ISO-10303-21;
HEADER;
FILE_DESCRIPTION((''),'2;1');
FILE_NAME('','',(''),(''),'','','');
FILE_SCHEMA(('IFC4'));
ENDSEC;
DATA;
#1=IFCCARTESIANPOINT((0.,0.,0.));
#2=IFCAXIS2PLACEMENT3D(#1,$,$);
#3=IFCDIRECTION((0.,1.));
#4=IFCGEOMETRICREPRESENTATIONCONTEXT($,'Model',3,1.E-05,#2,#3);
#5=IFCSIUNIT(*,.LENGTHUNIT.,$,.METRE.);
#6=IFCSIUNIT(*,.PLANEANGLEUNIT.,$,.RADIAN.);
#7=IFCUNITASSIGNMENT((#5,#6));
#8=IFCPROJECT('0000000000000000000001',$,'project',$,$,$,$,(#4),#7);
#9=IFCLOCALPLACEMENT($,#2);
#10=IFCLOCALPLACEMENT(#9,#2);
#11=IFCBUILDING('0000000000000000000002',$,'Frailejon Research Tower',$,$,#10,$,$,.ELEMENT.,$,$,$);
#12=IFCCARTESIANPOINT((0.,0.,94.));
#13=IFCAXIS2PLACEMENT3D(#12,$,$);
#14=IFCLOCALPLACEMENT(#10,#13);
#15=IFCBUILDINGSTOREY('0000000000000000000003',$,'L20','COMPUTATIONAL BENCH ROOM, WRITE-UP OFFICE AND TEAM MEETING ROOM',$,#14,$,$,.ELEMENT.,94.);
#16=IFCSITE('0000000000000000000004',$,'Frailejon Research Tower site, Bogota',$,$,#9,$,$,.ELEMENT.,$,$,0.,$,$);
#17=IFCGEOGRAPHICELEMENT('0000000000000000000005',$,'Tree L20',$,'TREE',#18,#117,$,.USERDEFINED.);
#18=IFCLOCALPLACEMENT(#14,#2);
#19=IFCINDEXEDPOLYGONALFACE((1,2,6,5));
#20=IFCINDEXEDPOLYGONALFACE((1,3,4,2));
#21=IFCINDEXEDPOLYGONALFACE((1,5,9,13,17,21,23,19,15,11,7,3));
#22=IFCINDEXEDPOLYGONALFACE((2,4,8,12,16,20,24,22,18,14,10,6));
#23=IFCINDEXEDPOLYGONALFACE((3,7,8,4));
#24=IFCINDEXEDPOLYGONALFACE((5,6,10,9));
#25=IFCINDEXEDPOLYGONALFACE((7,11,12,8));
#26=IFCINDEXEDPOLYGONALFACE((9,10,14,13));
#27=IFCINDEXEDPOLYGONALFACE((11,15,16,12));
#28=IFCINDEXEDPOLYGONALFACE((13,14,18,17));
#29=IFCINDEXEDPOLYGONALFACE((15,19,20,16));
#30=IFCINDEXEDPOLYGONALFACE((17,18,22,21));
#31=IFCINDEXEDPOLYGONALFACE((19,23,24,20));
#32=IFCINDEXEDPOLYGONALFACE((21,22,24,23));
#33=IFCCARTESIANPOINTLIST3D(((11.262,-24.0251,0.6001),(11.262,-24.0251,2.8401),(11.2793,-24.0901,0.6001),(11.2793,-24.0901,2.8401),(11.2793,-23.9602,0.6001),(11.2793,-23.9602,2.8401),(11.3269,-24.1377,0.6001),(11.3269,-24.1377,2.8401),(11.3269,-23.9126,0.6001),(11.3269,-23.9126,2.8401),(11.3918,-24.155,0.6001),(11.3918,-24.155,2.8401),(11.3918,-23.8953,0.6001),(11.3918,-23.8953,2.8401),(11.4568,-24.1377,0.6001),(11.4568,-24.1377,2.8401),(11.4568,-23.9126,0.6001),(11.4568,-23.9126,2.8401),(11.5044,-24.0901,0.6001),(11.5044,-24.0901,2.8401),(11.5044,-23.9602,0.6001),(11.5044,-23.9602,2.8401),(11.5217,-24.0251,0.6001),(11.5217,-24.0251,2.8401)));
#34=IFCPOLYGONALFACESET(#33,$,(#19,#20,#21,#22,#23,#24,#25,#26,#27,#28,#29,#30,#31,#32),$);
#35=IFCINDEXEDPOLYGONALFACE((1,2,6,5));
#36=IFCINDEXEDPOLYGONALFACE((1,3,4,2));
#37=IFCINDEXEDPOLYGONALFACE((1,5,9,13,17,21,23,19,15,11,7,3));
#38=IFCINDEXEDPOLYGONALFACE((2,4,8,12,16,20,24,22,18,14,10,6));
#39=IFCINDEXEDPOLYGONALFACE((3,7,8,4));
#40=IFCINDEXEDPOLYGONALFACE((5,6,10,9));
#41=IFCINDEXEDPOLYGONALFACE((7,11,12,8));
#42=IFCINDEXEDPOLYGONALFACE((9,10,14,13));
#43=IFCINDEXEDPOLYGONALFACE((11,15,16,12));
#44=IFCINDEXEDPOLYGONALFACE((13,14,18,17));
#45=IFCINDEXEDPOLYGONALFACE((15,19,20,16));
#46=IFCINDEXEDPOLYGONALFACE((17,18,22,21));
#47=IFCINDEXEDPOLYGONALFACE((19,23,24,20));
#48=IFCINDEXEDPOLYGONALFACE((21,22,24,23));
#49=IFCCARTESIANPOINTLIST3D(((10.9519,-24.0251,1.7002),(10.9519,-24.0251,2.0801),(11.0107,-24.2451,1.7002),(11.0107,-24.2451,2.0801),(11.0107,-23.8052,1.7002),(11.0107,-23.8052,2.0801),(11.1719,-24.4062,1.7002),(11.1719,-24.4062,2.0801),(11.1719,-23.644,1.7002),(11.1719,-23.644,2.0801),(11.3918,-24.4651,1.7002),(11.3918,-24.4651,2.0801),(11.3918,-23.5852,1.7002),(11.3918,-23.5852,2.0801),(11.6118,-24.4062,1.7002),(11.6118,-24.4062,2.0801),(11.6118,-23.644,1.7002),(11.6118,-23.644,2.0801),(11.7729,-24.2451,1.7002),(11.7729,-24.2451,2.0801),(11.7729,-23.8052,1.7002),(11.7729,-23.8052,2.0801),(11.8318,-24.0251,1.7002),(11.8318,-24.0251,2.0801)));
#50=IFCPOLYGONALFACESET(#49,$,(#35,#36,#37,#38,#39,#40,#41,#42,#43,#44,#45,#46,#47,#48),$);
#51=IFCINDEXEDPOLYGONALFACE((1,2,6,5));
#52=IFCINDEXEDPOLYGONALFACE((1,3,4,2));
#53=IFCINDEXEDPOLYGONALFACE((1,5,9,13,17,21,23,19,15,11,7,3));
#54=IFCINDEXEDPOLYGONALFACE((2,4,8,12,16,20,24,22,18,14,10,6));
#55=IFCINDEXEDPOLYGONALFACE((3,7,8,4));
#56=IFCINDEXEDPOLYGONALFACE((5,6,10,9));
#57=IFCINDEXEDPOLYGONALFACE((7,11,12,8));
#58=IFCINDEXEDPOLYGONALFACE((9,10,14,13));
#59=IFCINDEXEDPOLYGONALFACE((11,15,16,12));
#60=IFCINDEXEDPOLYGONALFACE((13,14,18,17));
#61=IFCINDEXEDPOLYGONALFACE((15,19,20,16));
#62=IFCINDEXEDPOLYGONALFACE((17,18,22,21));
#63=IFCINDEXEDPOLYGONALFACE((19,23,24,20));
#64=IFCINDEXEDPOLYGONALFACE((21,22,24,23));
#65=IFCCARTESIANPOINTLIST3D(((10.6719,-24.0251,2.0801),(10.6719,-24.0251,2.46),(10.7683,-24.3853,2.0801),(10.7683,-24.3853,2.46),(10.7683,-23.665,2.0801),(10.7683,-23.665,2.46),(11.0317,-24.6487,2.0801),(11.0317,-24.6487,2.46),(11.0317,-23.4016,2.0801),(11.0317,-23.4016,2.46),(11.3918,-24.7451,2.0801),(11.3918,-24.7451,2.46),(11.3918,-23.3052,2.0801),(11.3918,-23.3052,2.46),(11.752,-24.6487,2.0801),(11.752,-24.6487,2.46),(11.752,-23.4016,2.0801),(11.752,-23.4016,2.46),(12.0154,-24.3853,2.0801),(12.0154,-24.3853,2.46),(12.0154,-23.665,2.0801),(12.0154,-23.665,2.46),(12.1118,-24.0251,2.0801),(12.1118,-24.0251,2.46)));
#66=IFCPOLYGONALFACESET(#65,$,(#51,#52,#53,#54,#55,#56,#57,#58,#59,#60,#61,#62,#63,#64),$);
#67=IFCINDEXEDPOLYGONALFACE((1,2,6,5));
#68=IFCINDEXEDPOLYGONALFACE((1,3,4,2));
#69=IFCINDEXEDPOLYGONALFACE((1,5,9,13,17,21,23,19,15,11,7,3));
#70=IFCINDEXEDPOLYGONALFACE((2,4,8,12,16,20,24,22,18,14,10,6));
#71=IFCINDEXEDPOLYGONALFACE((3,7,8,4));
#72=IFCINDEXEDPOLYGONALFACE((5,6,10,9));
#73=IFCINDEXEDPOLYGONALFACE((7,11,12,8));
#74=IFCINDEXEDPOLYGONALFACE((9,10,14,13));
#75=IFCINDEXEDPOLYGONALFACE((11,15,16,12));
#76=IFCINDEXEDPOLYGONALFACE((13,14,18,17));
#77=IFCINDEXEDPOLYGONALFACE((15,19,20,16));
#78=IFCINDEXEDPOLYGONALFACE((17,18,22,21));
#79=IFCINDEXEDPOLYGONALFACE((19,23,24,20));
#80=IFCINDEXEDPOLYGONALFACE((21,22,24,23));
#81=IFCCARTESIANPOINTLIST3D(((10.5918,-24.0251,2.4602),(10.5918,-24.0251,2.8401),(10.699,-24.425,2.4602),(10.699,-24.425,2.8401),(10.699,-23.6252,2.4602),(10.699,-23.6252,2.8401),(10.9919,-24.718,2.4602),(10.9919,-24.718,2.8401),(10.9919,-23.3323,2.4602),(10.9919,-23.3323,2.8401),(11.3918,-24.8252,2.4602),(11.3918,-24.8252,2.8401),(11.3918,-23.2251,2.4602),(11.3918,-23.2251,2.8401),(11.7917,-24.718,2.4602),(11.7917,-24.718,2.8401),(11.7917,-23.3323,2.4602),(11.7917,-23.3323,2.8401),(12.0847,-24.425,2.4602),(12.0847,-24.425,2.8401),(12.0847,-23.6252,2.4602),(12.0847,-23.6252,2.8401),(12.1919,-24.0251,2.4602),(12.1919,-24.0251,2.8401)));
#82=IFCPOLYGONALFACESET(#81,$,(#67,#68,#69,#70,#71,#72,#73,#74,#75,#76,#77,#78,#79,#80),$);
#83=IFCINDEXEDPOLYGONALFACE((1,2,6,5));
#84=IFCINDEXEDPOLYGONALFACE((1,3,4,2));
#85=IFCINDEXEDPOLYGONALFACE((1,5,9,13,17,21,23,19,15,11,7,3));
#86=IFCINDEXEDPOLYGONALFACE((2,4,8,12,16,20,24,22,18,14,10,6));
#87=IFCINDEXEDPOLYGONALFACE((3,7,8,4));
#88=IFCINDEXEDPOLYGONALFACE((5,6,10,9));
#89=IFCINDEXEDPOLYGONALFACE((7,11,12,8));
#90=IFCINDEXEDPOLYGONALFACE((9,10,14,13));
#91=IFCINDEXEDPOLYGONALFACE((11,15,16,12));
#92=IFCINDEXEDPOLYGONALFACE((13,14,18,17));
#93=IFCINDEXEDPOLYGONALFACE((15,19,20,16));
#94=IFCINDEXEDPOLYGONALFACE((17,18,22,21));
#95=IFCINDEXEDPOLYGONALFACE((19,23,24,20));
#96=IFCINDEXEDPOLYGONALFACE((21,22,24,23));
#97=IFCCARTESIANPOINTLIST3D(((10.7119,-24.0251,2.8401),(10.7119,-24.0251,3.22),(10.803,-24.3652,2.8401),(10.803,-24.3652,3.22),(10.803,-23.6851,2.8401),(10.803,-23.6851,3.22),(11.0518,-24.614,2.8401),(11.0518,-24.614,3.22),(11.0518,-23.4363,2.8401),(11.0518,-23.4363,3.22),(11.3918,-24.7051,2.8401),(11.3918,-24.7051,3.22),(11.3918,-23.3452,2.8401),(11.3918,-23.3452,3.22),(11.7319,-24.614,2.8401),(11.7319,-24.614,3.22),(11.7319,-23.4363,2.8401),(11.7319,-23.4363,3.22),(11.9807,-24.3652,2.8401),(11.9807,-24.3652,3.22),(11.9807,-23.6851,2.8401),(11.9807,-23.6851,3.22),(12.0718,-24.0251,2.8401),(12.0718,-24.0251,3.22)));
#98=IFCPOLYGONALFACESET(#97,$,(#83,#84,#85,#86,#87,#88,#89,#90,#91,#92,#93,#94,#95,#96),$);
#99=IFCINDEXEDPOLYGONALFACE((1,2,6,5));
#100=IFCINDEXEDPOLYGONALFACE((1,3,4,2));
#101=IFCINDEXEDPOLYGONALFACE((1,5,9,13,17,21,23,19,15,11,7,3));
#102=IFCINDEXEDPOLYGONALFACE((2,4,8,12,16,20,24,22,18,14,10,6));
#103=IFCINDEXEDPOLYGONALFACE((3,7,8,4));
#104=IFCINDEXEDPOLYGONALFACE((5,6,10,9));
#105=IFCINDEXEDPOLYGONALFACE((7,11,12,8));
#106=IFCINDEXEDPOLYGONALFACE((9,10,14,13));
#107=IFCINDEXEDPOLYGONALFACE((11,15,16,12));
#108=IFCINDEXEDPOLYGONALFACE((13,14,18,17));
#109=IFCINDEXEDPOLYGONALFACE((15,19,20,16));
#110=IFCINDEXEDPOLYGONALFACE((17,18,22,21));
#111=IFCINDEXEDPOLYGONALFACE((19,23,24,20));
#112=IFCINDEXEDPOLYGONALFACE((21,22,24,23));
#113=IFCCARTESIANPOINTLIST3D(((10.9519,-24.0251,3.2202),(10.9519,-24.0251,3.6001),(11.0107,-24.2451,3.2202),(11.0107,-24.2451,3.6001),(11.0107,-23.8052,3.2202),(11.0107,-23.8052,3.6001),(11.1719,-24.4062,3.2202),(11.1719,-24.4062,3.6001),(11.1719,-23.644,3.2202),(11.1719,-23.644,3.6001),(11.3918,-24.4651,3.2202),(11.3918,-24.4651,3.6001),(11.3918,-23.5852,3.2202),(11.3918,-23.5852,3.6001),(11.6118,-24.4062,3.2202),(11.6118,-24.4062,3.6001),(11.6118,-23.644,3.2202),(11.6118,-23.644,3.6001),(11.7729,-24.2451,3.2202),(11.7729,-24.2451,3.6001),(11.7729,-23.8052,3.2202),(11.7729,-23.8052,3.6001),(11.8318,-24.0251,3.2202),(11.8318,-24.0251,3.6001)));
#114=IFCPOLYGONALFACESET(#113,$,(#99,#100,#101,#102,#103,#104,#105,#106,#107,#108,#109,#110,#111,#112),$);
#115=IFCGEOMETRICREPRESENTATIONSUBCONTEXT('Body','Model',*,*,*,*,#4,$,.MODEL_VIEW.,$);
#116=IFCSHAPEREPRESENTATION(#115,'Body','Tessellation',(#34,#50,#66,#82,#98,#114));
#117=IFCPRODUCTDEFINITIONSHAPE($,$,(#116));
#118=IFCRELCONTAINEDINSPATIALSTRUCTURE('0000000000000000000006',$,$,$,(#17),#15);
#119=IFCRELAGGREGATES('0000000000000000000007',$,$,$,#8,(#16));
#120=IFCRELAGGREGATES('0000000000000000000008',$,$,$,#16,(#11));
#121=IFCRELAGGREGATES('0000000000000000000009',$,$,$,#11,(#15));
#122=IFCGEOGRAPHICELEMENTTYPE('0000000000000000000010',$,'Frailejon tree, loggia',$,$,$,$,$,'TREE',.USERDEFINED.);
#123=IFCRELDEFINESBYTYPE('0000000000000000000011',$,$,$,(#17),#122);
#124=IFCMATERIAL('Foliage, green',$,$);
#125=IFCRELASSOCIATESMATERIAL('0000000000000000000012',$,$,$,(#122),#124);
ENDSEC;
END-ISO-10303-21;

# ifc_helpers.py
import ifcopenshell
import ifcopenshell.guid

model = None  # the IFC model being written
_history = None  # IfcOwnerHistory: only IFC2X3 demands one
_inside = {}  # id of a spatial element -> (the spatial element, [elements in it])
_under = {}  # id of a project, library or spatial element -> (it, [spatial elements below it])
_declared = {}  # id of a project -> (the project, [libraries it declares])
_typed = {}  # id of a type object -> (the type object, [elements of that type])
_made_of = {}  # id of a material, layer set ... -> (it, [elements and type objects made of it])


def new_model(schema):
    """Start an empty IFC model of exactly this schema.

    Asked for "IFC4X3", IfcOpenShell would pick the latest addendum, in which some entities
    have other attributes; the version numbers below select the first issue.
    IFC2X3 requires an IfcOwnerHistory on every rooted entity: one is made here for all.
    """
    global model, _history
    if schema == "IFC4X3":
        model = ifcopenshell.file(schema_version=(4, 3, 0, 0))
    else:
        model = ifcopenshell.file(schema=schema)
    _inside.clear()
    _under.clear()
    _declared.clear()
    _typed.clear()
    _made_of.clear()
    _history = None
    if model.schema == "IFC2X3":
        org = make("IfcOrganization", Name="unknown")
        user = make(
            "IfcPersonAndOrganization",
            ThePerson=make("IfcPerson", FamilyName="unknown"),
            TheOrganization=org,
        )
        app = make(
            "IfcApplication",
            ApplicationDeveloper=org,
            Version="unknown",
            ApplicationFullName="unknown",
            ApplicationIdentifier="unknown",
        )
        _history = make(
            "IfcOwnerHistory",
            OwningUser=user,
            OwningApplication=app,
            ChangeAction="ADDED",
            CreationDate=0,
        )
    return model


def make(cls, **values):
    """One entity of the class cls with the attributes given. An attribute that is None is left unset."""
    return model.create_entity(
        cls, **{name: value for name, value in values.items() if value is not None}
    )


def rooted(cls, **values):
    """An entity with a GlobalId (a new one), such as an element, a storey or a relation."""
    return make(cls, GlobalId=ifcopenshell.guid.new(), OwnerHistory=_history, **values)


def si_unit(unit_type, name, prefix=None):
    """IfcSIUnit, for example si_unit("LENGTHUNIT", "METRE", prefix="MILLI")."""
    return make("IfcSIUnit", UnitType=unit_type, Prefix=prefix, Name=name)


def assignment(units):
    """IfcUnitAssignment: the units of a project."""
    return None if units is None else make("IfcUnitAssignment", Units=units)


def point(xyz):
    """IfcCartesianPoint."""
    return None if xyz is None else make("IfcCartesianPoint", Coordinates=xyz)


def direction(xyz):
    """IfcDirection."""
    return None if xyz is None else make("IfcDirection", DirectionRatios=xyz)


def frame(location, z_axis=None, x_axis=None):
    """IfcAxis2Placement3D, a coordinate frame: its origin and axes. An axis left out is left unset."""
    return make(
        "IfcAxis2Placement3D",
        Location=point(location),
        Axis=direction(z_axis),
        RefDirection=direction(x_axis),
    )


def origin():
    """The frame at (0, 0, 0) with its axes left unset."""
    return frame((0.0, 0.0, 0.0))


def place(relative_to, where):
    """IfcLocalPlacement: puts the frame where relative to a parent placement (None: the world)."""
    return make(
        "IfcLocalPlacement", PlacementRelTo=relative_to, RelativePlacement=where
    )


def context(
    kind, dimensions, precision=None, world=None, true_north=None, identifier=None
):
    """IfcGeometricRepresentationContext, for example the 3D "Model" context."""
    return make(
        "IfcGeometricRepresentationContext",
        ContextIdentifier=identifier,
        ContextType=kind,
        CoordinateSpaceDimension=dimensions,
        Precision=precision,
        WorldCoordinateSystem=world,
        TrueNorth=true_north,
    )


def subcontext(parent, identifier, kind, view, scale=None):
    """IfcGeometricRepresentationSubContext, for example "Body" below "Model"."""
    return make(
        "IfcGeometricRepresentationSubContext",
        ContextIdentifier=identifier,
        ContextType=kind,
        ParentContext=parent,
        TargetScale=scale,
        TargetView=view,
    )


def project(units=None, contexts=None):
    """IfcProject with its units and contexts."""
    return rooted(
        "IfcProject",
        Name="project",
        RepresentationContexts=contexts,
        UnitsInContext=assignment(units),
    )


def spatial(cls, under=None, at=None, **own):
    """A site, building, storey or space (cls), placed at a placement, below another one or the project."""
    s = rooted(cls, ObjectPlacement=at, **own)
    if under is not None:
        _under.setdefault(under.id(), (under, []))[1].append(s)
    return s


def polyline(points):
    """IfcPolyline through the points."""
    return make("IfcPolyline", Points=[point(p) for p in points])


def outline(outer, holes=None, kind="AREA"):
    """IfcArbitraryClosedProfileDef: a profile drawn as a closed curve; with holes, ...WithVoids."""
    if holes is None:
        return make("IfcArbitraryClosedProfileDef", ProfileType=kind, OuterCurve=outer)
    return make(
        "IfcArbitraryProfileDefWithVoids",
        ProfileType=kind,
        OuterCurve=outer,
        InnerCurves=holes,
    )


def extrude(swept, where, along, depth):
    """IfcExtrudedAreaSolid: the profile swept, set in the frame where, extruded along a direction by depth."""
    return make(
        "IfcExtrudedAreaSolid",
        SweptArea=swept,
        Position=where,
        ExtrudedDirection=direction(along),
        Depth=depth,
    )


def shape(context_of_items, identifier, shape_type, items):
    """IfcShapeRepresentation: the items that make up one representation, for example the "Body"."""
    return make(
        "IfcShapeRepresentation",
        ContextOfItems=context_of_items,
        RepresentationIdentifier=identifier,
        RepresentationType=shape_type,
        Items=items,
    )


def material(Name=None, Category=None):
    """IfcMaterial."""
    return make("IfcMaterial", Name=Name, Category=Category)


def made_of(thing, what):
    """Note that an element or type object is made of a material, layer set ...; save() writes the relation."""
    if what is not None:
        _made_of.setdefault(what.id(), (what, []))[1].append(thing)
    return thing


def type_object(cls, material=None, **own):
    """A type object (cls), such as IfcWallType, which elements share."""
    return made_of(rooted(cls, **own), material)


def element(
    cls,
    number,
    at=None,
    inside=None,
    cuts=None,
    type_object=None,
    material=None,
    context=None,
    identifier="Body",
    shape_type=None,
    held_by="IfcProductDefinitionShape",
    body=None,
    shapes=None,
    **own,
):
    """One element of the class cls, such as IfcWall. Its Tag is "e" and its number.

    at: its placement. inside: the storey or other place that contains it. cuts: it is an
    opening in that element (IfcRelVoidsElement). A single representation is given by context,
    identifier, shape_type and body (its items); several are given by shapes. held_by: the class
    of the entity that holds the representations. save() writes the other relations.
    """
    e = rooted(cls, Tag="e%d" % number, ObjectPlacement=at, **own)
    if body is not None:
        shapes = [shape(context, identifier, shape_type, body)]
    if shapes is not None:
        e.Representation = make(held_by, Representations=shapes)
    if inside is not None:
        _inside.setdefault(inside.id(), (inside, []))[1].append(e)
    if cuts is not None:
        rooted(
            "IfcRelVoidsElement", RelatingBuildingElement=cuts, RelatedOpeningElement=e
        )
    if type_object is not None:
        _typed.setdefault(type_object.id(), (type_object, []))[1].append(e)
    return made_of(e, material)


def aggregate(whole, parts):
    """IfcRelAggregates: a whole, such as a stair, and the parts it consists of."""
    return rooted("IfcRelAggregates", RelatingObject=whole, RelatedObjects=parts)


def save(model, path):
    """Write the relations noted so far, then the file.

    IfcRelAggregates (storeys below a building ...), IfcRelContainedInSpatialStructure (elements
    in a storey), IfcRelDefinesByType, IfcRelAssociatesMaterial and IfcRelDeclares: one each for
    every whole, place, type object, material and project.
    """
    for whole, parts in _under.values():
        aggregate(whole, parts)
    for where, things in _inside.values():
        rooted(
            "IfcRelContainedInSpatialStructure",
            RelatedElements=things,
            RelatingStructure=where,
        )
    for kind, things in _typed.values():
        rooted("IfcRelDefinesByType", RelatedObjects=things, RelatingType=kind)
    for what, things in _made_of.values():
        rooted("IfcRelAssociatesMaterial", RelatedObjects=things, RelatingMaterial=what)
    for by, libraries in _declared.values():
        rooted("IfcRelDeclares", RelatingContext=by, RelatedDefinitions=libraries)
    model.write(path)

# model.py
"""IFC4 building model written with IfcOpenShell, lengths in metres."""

from ifc_helpers import new_model, si_unit, direction, frame, origin, place, context, subcontext, project, spatial, polyline, outline, extrude, material, type_object, element, save


model = new_model("IFC4")

# Units and contexts
model_context = context("Model", 3, precision=1e-05, world=origin(), true_north=direction((0.0, 1.0)))
body_context = subcontext(model_context, "Body", "Model", "MODEL_VIEW")
ifc_project = project(units=[si_unit("LENGTHUNIT", "METRE"), si_unit("PLANEANGLEUNIT", "RADIAN")], contexts=[model_context])

# Site, building, storey
site_placement = place(None, origin())
site = spatial("IfcSite", under=ifc_project, at=site_placement, Name="Frailejon Research Tower site, Bogota", CompositionType="ELEMENT", RefElevation=0.0)
building_placement = place(site_placement, origin())
building = spatial("IfcBuilding", under=site, at=building_placement, Name="Frailejon Research Tower", CompositionType="ELEMENT")
storey_placement = place(building_placement, frame((0.0, 0.0, 94.0)))
storey = spatial("IfcBuildingStorey", under=building, at=storey_placement, Name="L20", Description="COMPUTATIONAL BENCH ROOM, WRITE-UP OFFICE AND TEAM MEETING ROOM", CompositionType="ELEMENT", Elevation=94.0)

# Geographic element
ifc_material_1 = material(Name="Foliage, green")
geographic_element_type = type_object("IfcGeographicElementType", Name="Frailejon tree, loggia", ElementType="TREE", PredefinedType="USERDEFINED", material=ifc_material_1)
geographic_element_placement = place(storey_placement, frame((11.3918, -24.0251, 0.6001)))
element("IfcGeographicElement", 1, at=geographic_element_placement, inside=storey, type_object=geographic_element_type, Name="Tree L20", ObjectType="TREE", PredefinedType="USERDEFINED", context=body_context, shape_type="SweptSolid", body=[
    extrude(outline(polyline([(0.1299, 0.0), (0.1125, 0.0649), (0.0649, 0.1125), (0.0, 0.1299), (-0.0649, 0.1125), (-0.1125, 0.0649), (-0.1299, 0.0), (-0.1125, -0.0649), (-0.0649, -0.1125), (0.0, -0.1299), (0.0649, -0.1125), (0.1125, -0.0649), (0.1299, 0.0)])), origin(), (0.0, 0.0, 1.0), 2.24),
    extrude(outline(polyline([(0.4399, 0.0), (0.3811, 0.22), (0.22, 0.3811), (0.0, 0.4399), (-0.22, 0.3811), (-0.3811, 0.22), (-0.4399, 0.0), (-0.3811, -0.22), (-0.22, -0.3811), (0.0, -0.4399), (0.22, -0.3811), (0.3811, -0.22), (0.4399, 0.0)])), frame((0.0, 0.0, 1.1001)), (0.0, 0.0, 1.0), 0.3799),
    extrude(outline(polyline([(0.72, 0.0), (0.6235, 0.3601), (0.3601, 0.6235), (0.0, 0.72), (-0.3601, 0.6235), (-0.6235, 0.3601), (-0.72, 0.0), (-0.6235, -0.3601), (-0.3601, -0.6235), (0.0, -0.72), (0.3601, -0.6235), (0.6235, -0.3601), (0.72, 0.0)])), frame((0.0, 0.0, 1.48)), (0.0, 0.0, 1.0), 0.3799),
    extrude(outline(polyline([(0.8, 0.0), (0.6929, 0.3999), (0.3999, 0.6929), (0.0, 0.8), (-0.3999, 0.6929), (-0.6929, 0.3999), (-0.8, 0.0), (-0.6929, -0.3999), (-0.3999, -0.6929), (0.0, -0.8), (0.3999, -0.6929), (0.6929, -0.3999), (0.8, 0.0)])), frame((0.0, 0.0, 1.8601)), (0.0, 0.0, 1.0), 0.3799),
    extrude(outline(polyline([(0.6799, 0.0), (0.5889, 0.3401), (0.3401, 0.5889), (0.0, 0.6799), (-0.3401, 0.5889), (-0.5889, 0.3401), (-0.6799, 0.0), (-0.5889, -0.3401), (-0.3401, -0.5889), (0.0, -0.6799), (0.3401, -0.5889), (0.5889, -0.3401), (0.6799, 0.0)])), frame((0.0, 0.0, 2.24)), (0.0, 0.0, 1.0), 0.3799),
    extrude(outline(polyline([(0.4399, 0.0), (0.3811, 0.22), (0.22, 0.3811), (0.0, 0.4399), (-0.22, 0.3811), (-0.3811, 0.22), (-0.4399, 0.0), (-0.3811, -0.22), (-0.22, -0.3811), (0.0, -0.4399), (0.22, -0.3811), (0.3811, -0.22), (0.4399, 0.0)])), frame((0.0, 0.0, 2.6201)), (0.0, 0.0, 1.0), 0.3799),
])

save(model, "model.ifc")
